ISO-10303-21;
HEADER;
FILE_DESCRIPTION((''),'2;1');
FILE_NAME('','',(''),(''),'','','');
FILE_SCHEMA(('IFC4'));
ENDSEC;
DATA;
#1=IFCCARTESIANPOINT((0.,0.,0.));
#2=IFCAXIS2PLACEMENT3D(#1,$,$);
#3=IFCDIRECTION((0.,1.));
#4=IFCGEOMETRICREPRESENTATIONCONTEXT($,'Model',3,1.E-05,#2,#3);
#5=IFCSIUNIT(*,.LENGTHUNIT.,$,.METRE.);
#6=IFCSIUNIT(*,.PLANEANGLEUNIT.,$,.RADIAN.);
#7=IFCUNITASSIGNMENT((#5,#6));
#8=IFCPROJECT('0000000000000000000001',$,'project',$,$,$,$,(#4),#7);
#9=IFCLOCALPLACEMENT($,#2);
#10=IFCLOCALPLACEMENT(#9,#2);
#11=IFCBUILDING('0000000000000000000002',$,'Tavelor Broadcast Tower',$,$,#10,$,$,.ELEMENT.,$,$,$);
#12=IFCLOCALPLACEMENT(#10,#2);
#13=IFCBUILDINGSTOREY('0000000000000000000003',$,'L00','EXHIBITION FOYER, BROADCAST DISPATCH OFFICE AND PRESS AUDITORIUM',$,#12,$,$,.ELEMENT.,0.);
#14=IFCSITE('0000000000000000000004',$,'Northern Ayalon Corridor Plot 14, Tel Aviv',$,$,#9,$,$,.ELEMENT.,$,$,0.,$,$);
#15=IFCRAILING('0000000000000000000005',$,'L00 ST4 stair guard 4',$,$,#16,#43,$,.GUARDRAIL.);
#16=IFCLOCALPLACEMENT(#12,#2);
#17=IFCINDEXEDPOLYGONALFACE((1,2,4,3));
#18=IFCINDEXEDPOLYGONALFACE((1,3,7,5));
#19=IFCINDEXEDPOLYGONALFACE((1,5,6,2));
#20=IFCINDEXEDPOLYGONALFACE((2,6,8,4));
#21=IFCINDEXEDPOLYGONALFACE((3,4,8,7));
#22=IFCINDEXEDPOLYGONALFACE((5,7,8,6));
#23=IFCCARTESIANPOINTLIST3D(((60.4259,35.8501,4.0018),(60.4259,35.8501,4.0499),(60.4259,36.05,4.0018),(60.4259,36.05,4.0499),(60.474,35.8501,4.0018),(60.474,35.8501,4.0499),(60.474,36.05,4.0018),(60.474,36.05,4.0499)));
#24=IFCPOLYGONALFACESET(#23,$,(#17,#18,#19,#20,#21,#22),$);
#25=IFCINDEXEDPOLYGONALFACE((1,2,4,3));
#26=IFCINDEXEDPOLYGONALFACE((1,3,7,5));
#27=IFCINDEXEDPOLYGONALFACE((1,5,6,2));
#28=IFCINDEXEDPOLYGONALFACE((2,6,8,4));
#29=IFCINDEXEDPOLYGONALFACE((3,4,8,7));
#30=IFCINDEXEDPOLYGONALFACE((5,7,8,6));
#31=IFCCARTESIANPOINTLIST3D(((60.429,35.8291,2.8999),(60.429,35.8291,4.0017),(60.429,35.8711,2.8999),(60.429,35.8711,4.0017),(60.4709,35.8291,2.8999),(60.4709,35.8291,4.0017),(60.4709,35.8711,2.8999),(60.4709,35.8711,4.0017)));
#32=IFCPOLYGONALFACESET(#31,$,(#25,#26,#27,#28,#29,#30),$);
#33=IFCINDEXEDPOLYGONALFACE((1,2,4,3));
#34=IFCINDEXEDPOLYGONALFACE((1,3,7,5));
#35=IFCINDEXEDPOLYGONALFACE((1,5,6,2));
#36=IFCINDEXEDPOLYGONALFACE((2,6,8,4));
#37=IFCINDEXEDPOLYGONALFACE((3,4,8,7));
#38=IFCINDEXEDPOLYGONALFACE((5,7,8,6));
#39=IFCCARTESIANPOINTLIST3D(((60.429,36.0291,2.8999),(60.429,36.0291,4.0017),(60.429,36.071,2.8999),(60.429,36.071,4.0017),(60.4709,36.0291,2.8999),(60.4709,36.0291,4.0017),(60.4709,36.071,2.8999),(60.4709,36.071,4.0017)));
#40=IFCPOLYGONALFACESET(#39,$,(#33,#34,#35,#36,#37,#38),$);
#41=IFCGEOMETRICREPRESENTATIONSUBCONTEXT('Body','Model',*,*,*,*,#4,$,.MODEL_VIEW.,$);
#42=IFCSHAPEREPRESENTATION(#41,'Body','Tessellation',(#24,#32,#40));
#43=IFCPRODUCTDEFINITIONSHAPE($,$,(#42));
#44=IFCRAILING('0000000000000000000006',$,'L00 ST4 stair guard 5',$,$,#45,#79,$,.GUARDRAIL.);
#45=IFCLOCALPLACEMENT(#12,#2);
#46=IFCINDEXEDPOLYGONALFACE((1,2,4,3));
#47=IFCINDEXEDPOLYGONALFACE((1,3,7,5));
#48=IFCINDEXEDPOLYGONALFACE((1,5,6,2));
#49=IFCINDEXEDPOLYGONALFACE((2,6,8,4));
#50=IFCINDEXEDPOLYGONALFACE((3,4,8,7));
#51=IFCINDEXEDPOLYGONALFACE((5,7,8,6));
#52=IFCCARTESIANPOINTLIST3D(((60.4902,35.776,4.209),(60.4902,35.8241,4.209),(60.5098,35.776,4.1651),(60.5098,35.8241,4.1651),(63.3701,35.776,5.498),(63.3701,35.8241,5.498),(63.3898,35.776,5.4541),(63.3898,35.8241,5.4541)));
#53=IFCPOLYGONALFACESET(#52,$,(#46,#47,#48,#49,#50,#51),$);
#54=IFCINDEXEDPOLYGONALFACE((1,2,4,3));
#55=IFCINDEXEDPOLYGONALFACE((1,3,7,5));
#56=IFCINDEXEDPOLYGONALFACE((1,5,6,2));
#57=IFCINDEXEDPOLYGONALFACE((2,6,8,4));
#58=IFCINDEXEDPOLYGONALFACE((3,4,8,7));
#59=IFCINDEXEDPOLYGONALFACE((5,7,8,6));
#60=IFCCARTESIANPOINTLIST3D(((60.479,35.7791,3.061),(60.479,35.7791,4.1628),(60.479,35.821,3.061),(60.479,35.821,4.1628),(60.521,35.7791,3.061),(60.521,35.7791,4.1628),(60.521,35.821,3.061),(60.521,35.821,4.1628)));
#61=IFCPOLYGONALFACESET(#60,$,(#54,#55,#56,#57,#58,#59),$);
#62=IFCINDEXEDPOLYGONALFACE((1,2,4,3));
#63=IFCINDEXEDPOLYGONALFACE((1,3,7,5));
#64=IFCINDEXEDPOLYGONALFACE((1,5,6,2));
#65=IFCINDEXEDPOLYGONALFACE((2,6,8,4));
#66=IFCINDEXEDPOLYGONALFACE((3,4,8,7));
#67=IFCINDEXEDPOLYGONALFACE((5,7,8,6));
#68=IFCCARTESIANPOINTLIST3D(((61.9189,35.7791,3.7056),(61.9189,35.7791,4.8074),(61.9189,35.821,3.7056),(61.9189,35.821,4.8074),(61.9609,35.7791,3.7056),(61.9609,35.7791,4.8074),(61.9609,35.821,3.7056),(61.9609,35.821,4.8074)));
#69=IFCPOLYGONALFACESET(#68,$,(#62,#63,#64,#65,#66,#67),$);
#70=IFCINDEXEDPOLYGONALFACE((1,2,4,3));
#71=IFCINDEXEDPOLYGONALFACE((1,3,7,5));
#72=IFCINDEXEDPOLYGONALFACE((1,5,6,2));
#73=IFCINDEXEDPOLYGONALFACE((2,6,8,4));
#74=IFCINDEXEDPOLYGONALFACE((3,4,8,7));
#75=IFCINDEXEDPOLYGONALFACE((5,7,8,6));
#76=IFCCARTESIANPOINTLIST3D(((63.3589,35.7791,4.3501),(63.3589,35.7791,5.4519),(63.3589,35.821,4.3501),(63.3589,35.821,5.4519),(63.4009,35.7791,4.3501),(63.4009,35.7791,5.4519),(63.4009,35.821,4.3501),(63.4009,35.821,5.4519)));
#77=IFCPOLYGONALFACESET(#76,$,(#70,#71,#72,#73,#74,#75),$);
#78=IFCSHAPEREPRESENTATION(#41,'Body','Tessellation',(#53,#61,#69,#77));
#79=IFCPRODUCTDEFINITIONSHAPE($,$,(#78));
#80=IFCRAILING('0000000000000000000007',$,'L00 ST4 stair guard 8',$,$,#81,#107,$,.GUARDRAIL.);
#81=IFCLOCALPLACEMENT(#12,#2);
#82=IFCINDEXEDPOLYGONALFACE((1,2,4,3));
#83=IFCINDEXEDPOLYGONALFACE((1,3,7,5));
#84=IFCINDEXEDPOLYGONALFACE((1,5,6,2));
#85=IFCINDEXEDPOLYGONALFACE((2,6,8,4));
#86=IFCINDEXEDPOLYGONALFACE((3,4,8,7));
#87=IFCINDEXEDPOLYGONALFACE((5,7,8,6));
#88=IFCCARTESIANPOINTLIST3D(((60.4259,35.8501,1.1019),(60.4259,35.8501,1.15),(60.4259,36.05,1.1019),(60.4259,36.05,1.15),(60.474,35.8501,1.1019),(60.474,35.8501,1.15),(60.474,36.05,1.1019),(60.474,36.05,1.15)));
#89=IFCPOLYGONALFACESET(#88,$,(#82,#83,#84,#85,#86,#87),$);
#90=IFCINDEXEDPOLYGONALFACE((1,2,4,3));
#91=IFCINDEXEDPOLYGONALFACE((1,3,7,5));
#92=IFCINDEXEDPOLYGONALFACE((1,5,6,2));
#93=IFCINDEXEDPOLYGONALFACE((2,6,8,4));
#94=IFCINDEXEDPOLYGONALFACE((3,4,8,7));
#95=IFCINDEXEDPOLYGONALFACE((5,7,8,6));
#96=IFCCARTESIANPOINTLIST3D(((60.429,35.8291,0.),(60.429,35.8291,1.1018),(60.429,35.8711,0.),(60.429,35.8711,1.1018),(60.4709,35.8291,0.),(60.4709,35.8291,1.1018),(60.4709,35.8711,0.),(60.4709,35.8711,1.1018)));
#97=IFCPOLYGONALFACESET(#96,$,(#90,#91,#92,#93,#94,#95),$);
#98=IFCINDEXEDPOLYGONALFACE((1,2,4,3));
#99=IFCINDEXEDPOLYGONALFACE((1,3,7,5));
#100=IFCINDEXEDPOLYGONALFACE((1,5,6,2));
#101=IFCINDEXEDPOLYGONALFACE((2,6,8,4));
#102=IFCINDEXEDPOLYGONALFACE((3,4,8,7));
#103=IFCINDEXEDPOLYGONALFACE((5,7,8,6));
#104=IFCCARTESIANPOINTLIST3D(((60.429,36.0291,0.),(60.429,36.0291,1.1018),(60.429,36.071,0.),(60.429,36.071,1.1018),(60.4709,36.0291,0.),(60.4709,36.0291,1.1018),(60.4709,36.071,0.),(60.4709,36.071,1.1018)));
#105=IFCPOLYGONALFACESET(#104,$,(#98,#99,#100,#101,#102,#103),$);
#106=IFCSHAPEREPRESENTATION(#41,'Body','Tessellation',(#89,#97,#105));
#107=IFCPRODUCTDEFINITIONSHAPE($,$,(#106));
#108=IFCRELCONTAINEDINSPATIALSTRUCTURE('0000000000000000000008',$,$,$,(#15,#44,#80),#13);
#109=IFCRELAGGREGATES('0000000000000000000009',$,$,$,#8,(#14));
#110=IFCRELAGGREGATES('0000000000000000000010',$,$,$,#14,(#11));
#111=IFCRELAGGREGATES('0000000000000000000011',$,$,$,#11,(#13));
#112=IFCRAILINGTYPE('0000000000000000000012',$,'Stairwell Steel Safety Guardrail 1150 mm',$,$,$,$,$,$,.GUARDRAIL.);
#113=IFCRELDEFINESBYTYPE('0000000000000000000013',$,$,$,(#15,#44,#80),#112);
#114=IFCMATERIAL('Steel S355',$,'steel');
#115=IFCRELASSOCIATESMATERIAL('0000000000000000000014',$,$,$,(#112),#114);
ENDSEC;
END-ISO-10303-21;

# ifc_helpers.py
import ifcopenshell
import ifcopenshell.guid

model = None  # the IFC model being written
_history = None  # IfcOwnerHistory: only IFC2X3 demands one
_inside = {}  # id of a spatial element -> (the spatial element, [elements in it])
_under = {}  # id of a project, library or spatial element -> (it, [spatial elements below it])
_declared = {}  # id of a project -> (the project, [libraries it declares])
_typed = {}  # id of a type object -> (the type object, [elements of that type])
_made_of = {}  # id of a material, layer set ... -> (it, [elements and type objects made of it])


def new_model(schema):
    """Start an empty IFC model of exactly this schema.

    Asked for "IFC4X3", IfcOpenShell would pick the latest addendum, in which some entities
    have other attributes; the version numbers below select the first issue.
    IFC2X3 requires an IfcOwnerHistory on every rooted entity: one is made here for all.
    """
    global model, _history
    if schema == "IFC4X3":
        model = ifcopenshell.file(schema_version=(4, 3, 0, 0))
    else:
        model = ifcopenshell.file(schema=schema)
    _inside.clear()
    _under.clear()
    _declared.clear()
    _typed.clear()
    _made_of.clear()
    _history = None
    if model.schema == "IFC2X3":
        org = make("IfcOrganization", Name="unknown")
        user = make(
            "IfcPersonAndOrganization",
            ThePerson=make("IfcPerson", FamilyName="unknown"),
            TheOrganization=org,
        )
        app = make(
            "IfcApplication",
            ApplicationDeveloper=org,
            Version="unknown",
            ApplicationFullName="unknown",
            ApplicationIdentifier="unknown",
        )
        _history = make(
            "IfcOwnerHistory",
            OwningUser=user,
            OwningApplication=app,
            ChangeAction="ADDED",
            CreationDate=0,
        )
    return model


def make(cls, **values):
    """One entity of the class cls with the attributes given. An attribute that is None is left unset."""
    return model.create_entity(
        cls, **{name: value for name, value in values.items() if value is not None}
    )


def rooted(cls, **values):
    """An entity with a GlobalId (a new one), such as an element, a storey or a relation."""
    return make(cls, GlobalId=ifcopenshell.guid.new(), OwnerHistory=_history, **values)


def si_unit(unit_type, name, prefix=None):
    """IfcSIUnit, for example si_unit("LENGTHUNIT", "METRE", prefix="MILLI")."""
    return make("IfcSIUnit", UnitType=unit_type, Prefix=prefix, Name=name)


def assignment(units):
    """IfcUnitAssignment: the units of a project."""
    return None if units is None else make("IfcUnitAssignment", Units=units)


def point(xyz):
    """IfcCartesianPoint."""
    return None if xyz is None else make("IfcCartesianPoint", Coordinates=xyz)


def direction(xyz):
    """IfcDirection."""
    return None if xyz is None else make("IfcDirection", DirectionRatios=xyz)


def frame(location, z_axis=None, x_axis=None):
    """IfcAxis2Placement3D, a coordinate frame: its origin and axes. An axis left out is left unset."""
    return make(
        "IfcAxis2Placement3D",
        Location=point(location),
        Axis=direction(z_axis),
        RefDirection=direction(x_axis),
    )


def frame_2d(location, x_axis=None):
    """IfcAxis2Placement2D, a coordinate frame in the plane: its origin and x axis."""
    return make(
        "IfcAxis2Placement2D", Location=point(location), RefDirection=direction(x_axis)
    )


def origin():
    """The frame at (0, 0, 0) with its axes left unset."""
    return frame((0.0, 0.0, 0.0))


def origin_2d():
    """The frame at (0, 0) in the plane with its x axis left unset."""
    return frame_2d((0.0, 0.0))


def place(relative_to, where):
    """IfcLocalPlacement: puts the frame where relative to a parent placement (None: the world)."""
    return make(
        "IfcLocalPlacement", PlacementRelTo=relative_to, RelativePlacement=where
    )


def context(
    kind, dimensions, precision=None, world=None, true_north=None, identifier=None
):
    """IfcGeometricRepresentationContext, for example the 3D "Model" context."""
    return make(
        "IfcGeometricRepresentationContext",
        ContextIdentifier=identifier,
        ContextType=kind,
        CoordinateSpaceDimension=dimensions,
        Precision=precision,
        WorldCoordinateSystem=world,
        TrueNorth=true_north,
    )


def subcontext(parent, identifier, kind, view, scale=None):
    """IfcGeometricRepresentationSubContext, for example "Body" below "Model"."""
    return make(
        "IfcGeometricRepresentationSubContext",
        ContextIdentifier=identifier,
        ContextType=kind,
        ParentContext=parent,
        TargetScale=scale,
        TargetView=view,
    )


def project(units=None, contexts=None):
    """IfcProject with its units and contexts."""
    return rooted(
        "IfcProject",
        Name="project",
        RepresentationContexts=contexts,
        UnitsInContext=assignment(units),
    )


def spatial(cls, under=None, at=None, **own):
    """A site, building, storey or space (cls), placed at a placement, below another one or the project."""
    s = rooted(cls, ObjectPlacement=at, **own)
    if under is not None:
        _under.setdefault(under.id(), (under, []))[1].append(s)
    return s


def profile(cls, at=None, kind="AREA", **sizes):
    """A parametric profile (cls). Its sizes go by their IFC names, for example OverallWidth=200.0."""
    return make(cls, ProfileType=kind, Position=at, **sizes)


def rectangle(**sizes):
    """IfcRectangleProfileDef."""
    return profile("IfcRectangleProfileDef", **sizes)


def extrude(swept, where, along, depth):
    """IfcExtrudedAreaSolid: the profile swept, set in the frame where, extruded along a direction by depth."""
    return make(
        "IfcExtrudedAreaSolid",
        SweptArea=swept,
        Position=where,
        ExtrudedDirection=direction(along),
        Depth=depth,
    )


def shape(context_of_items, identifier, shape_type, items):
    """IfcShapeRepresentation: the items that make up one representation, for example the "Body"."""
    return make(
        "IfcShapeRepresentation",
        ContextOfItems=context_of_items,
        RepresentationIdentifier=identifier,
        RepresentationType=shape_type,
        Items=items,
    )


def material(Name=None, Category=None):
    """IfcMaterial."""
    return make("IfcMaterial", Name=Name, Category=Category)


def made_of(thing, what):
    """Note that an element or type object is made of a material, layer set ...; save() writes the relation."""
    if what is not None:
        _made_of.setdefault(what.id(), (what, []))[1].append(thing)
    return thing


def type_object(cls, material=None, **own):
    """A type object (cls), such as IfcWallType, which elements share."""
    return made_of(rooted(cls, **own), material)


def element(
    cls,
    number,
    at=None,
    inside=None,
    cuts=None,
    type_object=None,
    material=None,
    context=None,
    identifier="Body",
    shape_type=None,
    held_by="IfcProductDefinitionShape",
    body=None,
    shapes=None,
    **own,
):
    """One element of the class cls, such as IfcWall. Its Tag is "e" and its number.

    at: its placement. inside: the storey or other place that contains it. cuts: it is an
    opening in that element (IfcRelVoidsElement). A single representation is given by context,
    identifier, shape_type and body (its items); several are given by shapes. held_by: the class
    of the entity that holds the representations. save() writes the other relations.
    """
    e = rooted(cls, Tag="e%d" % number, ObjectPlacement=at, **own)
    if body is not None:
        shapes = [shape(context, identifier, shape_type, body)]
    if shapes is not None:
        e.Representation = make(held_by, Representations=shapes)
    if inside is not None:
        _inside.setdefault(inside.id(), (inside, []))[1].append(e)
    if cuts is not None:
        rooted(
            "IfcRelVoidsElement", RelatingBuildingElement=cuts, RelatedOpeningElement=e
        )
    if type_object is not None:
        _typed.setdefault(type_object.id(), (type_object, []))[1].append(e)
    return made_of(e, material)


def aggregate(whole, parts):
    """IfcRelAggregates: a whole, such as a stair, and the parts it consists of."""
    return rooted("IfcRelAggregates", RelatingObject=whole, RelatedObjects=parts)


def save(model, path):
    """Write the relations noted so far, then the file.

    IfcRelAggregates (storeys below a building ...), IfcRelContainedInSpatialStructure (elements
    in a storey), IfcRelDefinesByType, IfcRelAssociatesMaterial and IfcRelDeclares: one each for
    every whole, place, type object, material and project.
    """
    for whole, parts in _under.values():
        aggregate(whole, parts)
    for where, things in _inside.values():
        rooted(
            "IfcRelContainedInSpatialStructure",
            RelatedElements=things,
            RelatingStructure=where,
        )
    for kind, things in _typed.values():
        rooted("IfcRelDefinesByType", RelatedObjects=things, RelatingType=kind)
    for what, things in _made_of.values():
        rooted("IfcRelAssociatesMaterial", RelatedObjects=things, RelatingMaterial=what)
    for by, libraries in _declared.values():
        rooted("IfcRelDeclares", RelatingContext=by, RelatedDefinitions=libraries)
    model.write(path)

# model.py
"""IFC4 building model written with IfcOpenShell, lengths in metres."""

from ifc_helpers import new_model, si_unit, direction, frame, origin, origin_2d, place, context, subcontext, project, spatial, rectangle, extrude, material, type_object, element, save


model = new_model("IFC4")

# Units and contexts
model_context = context("Model", 3, precision=1e-05, world=origin(), true_north=direction((0.0, 1.0)))
body_context = subcontext(model_context, "Body", "Model", "MODEL_VIEW")
ifc_project = project(units=[si_unit("LENGTHUNIT", "METRE"), si_unit("PLANEANGLEUNIT", "RADIAN")], contexts=[model_context])

# Site, building, storey
site_placement = place(None, origin())
site = spatial("IfcSite", under=ifc_project, at=site_placement, Name="Northern Ayalon Corridor Plot 14, Tel Aviv", CompositionType="ELEMENT", RefElevation=0.0)
building_placement = place(site_placement, origin())
building = spatial("IfcBuilding", under=site, at=building_placement, Name="Tavelor Broadcast Tower", CompositionType="ELEMENT")
storey_placement = place(building_placement, origin())
storey = spatial("IfcBuildingStorey", under=building, at=storey_placement, Name="L00", Description="EXHIBITION FOYER, BROADCAST DISPATCH OFFICE AND PRESS AUDITORIUM", CompositionType="ELEMENT", Elevation=0.0)

# Shared definitions
ifc_material_1 = material(Name="Steel S355", Category="steel")

# Railings
railing_type_1 = type_object("IfcRailingType", Name="Stairwell Steel Safety Guardrail 1150 mm", PredefinedType="GUARDRAIL", material=ifc_material_1)
railing_1_placement = place(storey_placement, frame((60.45, 35.8501, 2.8999)))
element("IfcRailing", 1, at=railing_1_placement, inside=storey, type_object=railing_type_1, Name="L00 ST4 stair guard 4", PredefinedType="GUARDRAIL", context=body_context, shape_type="SweptSolid", body=[
    extrude(rectangle(XDim=0.0481, YDim=0.0481, at=origin_2d()), frame((0.0, 0.0, 1.126), z_axis=(0.0, 1.0, 0.0), x_axis=(-1.0, 0.0, 0.0)), (0.0, 0.0, 1.0), 0.2),
    extrude(rectangle(XDim=0.042, YDim=0.042, at=origin_2d()), origin(), (0.0, 0.0, 1.0), 1.1018),
    extrude(rectangle(XDim=0.042, YDim=0.042, at=origin_2d()), frame((0.0, 0.2, 0.0)), (0.0, 0.0, 1.0), 1.1018),
])
railing_2_placement = place(storey_placement, frame((60.5, 35.8, 3.061)))
element("IfcRailing", 2, at=railing_2_placement, inside=storey, type_object=railing_type_1, Name="L00 ST4 stair guard 5", PredefinedType="GUARDRAIL", context=body_context, shape_type="SweptSolid", body=[
    extrude(rectangle(XDim=0.0481, YDim=0.0481, at=origin_2d()), frame((0.0, 0.0, 1.126), z_axis=(0.912736, 0.0, 0.408549), x_axis=(0.0, 1.0, 0.0)), (0.0, 0.0, 1.0), 3.1553),
    extrude(rectangle(XDim=0.042, YDim=0.042, at=origin_2d()), origin(), (0.0, 0.0, 1.0), 1.1018),
    extrude(rectangle(XDim=0.042, YDim=0.042, at=origin_2d()), frame((1.4399, 0.0, 0.6445)), (0.0, 0.0, 1.0), 1.1018),
    extrude(rectangle(XDim=0.042, YDim=0.042, at=origin_2d()), frame((2.8799, 0.0, 1.2891)), (0.0, 0.0, 1.0), 1.1018),
])
railing_3_placement = place(storey_placement, frame((60.45, 35.8501, 0.0)))
element("IfcRailing", 3, at=railing_3_placement, inside=storey, type_object=railing_type_1, Name="L00 ST4 stair guard 8", PredefinedType="GUARDRAIL", context=body_context, shape_type="SweptSolid", body=[
    extrude(rectangle(XDim=0.0481, YDim=0.0481, at=origin_2d()), frame((0.0, 0.0, 1.126), z_axis=(0.0, 1.0, 0.0), x_axis=(-1.0, 0.0, 0.0)), (0.0, 0.0, 1.0), 0.2),
    extrude(rectangle(XDim=0.042, YDim=0.042, at=origin_2d()), origin(), (0.0, 0.0, 1.0), 1.1018),
    extrude(rectangle(XDim=0.042, YDim=0.042, at=origin_2d()), frame((0.0, 0.2, 0.0)), (0.0, 0.0, 1.0), 1.1018),
])

save(model, "model.ifc")
